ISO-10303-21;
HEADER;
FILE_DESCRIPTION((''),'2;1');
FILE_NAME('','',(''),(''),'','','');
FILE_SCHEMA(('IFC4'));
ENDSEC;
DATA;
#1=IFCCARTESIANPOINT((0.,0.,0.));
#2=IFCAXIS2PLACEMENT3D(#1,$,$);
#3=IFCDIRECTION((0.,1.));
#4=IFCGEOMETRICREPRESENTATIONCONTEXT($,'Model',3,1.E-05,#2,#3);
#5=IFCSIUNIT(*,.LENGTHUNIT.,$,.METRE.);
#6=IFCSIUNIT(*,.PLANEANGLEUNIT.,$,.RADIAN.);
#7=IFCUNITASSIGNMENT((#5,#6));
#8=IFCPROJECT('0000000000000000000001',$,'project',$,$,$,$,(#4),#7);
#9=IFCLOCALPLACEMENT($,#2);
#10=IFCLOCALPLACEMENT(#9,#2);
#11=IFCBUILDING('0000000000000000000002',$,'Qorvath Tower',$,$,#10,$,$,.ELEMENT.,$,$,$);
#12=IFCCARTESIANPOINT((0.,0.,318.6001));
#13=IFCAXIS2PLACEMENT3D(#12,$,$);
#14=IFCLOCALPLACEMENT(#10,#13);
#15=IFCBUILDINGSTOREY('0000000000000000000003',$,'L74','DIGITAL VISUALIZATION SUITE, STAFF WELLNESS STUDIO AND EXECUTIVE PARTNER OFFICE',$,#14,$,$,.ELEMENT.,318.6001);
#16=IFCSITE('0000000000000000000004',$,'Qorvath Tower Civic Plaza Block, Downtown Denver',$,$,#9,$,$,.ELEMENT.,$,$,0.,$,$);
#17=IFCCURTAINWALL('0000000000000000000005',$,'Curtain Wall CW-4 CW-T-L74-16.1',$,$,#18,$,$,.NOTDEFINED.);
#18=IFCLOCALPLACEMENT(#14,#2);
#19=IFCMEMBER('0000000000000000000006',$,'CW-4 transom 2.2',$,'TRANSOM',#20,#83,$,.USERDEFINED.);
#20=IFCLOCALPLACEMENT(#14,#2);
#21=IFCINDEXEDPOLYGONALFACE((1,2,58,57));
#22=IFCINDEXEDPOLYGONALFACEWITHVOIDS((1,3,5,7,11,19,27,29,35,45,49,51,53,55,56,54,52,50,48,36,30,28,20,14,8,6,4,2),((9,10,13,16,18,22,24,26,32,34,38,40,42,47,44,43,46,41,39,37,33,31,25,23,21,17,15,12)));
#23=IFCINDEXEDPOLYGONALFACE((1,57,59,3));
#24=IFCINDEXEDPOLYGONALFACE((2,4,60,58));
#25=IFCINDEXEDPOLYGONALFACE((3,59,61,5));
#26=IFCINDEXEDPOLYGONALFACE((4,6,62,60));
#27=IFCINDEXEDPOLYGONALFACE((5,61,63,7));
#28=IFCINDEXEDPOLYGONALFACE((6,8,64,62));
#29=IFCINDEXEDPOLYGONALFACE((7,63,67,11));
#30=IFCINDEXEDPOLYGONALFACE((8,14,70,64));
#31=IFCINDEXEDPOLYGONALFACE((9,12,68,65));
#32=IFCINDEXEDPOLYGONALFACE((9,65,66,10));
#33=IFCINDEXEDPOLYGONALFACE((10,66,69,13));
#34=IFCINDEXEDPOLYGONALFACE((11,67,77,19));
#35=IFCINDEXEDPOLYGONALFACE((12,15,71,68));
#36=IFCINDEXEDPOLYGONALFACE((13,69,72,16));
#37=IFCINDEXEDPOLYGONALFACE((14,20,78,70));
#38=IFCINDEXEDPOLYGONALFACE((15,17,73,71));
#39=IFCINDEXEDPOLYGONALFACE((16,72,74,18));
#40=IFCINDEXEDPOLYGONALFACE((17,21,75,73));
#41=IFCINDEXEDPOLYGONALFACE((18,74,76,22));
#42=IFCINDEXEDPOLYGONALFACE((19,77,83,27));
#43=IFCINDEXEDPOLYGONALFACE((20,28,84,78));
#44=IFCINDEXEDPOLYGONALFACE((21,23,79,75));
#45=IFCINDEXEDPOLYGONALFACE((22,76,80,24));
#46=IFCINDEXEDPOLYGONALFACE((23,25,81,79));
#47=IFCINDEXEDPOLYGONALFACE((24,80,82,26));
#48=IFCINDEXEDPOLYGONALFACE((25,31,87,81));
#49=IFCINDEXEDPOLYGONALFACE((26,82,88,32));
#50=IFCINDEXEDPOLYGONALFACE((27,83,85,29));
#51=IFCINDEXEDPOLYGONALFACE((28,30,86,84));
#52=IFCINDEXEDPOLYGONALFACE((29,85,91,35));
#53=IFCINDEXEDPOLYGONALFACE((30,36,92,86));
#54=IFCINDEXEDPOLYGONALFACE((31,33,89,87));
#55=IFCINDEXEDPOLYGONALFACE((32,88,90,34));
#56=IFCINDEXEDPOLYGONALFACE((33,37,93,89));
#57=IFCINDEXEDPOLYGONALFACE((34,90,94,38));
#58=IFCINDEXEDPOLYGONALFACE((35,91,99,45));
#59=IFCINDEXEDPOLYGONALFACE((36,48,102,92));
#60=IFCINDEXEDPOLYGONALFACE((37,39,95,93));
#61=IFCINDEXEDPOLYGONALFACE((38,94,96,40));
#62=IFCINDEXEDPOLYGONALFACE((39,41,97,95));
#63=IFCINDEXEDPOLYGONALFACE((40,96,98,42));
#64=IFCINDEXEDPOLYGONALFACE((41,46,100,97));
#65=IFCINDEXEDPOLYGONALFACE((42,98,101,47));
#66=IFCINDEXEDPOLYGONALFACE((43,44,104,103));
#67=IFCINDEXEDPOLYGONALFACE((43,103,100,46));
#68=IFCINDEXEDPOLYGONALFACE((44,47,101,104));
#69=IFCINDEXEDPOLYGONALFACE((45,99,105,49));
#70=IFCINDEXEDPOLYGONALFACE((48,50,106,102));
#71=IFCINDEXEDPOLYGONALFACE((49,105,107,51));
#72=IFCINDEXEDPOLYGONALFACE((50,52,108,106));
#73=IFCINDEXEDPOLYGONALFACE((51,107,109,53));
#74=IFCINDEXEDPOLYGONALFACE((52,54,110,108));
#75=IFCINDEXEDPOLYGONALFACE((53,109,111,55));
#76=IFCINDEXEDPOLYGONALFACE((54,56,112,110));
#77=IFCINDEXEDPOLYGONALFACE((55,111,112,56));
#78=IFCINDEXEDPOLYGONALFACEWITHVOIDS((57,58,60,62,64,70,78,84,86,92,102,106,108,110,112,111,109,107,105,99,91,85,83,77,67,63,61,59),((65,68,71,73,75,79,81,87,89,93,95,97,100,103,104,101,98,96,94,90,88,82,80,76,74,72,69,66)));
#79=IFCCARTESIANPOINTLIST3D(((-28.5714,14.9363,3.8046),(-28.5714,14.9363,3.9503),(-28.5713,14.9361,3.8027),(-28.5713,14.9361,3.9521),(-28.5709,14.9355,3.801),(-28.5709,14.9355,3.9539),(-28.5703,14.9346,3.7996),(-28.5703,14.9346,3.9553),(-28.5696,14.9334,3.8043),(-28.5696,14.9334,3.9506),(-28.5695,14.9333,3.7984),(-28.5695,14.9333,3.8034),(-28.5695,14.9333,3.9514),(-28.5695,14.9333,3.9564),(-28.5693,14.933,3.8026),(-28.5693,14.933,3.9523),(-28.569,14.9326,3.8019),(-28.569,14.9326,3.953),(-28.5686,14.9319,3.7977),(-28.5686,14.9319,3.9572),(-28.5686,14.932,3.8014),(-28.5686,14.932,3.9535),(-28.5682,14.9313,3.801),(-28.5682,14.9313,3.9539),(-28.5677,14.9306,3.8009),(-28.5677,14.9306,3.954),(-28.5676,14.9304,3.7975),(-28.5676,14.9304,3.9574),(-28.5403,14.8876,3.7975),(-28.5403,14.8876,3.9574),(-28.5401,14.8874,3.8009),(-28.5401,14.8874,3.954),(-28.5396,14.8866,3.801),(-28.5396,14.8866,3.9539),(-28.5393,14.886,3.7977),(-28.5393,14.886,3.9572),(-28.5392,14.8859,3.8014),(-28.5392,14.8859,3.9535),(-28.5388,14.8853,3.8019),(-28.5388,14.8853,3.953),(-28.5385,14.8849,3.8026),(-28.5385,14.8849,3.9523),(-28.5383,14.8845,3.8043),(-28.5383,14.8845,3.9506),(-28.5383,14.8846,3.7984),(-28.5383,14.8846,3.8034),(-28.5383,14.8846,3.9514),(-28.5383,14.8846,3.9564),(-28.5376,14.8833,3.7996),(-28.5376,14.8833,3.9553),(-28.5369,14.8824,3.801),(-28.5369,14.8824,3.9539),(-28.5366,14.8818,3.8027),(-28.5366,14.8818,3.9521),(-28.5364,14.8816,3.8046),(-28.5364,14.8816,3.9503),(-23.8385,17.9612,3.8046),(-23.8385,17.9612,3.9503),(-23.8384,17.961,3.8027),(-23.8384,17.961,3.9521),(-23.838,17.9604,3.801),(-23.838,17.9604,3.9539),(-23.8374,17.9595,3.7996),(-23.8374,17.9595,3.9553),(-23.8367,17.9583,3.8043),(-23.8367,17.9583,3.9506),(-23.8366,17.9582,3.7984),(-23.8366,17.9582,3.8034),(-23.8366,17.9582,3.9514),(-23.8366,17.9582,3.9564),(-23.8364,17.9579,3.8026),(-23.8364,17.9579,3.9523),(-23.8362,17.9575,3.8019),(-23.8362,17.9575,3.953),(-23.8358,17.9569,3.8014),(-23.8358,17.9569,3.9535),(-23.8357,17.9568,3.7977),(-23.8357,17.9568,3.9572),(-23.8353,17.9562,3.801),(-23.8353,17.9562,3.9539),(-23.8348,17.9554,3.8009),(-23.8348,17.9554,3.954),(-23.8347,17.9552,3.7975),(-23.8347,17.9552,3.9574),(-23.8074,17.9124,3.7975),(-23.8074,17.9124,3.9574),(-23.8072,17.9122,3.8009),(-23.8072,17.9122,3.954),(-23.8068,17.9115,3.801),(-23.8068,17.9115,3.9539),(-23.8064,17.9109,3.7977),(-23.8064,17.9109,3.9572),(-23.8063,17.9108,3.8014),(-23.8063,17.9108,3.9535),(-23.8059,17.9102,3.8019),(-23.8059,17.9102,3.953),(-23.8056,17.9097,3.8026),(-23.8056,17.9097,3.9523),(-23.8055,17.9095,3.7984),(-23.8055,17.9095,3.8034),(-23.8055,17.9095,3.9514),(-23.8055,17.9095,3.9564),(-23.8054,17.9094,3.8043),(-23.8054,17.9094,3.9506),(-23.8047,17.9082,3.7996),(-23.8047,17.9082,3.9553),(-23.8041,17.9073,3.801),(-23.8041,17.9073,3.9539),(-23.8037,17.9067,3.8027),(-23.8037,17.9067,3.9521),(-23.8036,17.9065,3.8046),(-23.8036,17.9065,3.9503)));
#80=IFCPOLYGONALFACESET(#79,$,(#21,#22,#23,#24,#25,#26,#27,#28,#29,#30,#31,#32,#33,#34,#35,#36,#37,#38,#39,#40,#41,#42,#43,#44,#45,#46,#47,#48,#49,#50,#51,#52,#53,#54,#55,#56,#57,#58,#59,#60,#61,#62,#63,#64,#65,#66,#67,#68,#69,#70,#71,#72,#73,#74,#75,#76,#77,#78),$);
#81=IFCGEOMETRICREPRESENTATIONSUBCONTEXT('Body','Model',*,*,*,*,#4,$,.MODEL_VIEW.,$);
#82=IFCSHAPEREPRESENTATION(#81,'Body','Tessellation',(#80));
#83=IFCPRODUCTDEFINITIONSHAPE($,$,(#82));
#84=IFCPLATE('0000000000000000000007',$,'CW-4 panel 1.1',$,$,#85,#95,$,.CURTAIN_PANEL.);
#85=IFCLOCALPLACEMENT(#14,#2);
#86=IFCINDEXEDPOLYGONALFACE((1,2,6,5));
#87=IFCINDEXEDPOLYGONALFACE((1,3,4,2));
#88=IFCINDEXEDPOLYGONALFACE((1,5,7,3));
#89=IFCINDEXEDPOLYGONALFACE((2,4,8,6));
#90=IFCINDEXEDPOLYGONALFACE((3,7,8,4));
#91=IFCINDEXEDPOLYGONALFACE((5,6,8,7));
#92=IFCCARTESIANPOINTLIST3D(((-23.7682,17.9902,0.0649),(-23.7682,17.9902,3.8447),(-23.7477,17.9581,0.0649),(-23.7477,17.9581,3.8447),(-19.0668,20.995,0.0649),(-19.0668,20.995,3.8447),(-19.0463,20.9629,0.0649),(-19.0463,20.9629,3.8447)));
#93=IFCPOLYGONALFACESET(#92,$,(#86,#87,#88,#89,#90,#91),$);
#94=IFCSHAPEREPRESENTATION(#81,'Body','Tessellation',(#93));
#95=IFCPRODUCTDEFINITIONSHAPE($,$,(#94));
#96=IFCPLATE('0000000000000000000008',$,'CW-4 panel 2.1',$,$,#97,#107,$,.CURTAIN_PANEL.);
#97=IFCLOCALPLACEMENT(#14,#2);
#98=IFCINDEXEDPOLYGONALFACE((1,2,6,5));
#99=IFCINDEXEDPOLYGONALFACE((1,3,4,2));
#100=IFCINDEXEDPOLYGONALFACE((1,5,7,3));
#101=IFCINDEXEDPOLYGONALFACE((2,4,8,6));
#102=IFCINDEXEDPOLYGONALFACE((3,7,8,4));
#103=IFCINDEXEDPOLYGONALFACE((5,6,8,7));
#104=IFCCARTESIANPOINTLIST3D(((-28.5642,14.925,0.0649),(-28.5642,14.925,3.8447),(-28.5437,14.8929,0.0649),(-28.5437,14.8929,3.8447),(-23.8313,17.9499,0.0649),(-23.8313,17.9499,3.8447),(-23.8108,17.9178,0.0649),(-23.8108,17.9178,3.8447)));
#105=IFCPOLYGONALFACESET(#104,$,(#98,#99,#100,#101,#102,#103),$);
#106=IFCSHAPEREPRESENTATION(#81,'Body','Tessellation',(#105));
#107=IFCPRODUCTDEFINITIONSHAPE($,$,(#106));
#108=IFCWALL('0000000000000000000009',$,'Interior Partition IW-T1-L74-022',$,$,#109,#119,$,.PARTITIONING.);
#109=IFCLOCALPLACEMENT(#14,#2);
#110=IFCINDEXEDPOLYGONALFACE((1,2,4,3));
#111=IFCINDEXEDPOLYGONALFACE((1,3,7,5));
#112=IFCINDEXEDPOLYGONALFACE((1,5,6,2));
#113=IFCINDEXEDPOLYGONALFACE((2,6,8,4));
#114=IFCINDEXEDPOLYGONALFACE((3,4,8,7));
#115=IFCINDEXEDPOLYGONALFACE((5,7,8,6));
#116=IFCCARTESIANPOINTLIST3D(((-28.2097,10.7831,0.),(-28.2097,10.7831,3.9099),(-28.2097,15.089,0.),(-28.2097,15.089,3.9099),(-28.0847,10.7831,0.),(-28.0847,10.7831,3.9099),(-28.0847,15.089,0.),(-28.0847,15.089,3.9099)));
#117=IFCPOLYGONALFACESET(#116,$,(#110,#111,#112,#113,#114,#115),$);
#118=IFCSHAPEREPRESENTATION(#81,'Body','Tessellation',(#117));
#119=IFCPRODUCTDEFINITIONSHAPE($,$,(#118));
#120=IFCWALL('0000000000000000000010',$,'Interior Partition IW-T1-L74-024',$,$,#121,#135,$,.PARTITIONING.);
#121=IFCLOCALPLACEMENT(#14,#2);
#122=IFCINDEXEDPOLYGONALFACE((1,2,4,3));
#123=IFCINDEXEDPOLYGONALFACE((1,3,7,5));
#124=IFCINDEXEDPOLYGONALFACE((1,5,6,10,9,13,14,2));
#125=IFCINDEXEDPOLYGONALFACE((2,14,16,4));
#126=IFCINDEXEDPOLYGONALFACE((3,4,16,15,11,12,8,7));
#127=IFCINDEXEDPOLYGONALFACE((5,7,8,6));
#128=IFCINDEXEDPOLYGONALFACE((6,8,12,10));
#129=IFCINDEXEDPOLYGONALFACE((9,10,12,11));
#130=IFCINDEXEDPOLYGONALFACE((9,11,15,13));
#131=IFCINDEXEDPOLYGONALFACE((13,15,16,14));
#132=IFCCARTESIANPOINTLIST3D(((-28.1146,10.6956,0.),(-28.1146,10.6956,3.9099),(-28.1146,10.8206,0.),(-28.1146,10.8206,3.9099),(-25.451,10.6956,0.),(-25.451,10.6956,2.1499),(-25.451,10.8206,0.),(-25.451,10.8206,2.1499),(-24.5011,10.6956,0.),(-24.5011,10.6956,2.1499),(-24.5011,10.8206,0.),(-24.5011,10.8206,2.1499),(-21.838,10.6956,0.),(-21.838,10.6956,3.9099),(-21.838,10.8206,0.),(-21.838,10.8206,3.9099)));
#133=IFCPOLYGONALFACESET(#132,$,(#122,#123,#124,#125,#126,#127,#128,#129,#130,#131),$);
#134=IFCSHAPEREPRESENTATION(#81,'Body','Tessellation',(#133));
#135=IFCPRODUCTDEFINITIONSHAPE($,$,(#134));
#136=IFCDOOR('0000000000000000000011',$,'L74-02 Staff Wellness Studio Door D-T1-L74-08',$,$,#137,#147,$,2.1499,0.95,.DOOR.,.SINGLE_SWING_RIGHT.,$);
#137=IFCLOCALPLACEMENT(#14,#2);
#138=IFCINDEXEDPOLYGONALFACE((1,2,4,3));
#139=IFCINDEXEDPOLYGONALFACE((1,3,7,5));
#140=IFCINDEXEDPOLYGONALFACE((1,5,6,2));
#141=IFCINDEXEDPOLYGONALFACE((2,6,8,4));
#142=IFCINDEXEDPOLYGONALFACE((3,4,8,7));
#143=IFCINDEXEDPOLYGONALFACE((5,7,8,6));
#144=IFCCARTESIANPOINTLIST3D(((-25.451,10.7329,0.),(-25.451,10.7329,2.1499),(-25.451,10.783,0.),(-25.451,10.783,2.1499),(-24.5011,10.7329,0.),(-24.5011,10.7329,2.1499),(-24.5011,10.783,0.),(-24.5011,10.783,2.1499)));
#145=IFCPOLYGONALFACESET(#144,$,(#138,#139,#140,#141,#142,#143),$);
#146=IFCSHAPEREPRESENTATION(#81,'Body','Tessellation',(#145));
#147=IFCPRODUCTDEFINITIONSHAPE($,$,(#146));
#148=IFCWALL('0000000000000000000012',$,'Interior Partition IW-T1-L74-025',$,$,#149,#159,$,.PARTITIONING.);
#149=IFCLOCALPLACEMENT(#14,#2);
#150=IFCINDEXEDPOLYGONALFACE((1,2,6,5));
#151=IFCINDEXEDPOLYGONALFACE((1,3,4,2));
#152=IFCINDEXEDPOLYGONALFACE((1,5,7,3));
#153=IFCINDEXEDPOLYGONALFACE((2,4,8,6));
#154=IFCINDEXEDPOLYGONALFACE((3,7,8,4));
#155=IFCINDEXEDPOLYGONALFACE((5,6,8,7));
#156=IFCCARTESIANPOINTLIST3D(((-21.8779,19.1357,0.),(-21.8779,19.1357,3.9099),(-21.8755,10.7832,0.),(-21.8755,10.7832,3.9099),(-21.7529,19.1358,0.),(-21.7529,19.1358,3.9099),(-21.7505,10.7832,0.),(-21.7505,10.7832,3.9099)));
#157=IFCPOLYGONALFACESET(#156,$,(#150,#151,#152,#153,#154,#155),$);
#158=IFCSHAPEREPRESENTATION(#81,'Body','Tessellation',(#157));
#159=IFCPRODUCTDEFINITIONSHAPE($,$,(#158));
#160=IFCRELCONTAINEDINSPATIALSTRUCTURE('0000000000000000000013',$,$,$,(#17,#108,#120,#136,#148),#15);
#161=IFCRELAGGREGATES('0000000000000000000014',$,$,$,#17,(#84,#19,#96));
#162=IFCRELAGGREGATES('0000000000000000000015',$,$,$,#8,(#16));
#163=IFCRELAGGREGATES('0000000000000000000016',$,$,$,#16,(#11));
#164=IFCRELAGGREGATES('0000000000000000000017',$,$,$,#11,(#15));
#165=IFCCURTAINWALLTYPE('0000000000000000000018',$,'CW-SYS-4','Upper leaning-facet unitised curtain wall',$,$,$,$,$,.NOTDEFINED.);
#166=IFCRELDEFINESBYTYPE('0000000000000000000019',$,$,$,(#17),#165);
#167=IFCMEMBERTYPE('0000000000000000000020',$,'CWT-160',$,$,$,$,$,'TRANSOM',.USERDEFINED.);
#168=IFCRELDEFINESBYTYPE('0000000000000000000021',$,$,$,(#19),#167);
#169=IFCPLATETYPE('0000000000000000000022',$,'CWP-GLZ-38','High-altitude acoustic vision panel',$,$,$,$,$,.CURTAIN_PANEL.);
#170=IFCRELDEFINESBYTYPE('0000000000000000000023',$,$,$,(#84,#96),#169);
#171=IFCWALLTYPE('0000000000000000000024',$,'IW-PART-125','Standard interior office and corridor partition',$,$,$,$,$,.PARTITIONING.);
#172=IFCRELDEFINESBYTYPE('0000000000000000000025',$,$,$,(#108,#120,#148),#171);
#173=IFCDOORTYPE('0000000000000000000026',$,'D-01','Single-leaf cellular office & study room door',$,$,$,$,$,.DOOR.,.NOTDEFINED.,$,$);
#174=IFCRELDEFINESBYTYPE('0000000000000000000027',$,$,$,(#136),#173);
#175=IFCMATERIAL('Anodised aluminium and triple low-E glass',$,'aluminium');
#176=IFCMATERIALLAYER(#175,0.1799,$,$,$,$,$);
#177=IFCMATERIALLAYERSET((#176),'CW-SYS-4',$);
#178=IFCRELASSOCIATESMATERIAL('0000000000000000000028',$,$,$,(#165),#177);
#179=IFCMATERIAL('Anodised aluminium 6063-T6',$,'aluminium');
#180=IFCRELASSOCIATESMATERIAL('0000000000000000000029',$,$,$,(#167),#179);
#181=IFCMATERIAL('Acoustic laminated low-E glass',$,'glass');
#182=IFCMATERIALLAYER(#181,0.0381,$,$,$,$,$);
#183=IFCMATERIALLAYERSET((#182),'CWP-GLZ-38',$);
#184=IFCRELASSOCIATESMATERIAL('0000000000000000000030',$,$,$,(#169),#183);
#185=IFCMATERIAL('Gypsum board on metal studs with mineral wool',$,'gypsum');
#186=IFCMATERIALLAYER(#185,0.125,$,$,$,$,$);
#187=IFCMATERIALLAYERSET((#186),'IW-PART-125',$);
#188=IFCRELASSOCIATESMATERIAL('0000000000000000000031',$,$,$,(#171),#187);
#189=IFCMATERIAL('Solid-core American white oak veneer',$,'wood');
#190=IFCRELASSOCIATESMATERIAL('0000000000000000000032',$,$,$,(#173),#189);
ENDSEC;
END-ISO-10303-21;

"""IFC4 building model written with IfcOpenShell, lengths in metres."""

from ifc_helpers import new_model, si_unit, direction, frame, frame_2d, origin, origin_2d, place, context, subcontext, project, spatial, rectangle, hollow_rectangle, extrude, material, layer, layer_set, material_profile, profile_set, type_object, element, fill, aggregate, save


model = new_model("IFC4")

# Units and contexts
model_context = context("Model", 3, precision=1e-05, world=origin(), true_north=direction((0.0, 1.0)))
body_context = subcontext(model_context, "Body", "Model", "MODEL_VIEW")
ifc_project = project(units=[si_unit("LENGTHUNIT", "METRE"), si_unit("PLANEANGLEUNIT", "RADIAN")], contexts=[model_context])

# Site, building, storey
site_placement = place(None, origin())
site = spatial("IfcSite", under=ifc_project, at=site_placement, Name="Qorvath Tower Civic Plaza Block, Downtown Denver", CompositionType="ELEMENT", RefElevation=0.0)
building_placement = place(site_placement, origin())
building = spatial("IfcBuilding", under=site, at=building_placement, Name="Qorvath Tower", CompositionType="ELEMENT")
storey_placement = place(building_placement, frame((0.0, 0.0, 318.6001)))
storey = spatial("IfcBuildingStorey", under=building, at=storey_placement, Name="L74", Description="DIGITAL VISUALIZATION SUITE, STAFF WELLNESS STUDIO AND EXECUTIVE PARTNER OFFICE", CompositionType="ELEMENT", Elevation=318.6001)

# Curtain wall, member, plates
ifc_material_1 = material(Name="Anodised aluminium and triple low-E glass", Category="aluminium")
ifc_layer_1 = layer(ifc_material_1, 0.1799)
ifc_layer_set_1 = layer_set([ifc_layer_1], Name="CW-SYS-4")
curtain_wall_type = type_object("IfcCurtainWallType", Name="CW-SYS-4", Description="Upper leaning-facet unitised curtain wall", PredefinedType="NOTDEFINED", material=ifc_layer_set_1)
curtain_wall_placement = place(storey_placement, origin())
curtain_wall = element("IfcCurtainWall", 1, at=curtain_wall_placement, inside=storey, type_object=curtain_wall_type, Name="Curtain Wall CW-4 CW-T-L74-16.1", PredefinedType="NOTDEFINED")
ifc_material_2 = material(Name="Anodised aluminium 6063-T6", Category="aluminium")
ifc_material_profile_1 = material_profile(ifc_material_2, hollow_rectangle(XDim=0.0649, YDim=0.1599, WallThickness=0.0034, InnerFilletRadius=0.0034, OuterFilletRadius=0.0071, at=origin_2d()), Name="CWT 160x65")
ifc_profile_set_1 = profile_set([ifc_material_profile_1], Name="Anodised aluminium 6063-T6")
member_type_1 = type_object("IfcMemberType", Name="CWT-160", ElementType="TRANSOM", PredefinedType="USERDEFINED", material=ifc_profile_set_1)
member_1_placement = place(storey_placement, frame((-23.821, 17.9338, 3.8774), z_axis=(-0.842608, -0.538528, 0.0), x_axis=(0.538528, -0.842608, 0.0)))
member_1 = element("IfcMember", 2, at=member_1_placement, type_object=member_type_1, Name="CW-4 transom 2.2", ObjectType="TRANSOM", PredefinedType="USERDEFINED", context=body_context, shape_type="SweptSolid", body=[
    extrude(hollow_rectangle(XDim=0.0649, YDim=0.1599, WallThickness=0.0034, InnerFilletRadius=0.0034, OuterFilletRadius=0.0071, at=origin_2d()), origin(), (0.0, 0.0, 1.0), 5.6169),
])
ifc_material_3 = material(Name="Acoustic laminated low-E glass", Category="glass")
ifc_layer_2 = layer(ifc_material_3, 0.0381)
ifc_layer_set_2 = layer_set([ifc_layer_2], Name="CWP-GLZ-38")
plate_type = type_object("IfcPlateType", Name="CWP-GLZ-38", Description="High-altitude acoustic vision panel", PredefinedType="CURTAIN_PANEL", material=ifc_layer_set_2)
plate_1_placement = place(storey_placement, frame((-21.4072, 19.4766, 0.0649), z_axis=(0.0, 0.0, 1.0), x_axis=(-0.842605, -0.538532, 0.0)))
plate_1 = element("IfcPlate", 3, at=plate_1_placement, type_object=plate_type, Name="CW-4 panel 1.1", PredefinedType="CURTAIN_PANEL", context=body_context, shape_type="SweptSolid", body=[
    extrude(rectangle(XDim=5.5796, YDim=0.0381, at=origin_2d()), origin(), (0.0, 0.0, 1.0), 3.7798),
])
plate_2_placement = place(storey_placement, frame((-26.1875, 16.4214, 0.0649), z_axis=(0.0, 0.0, 1.0), x_axis=(-0.842605, -0.538532, 0.0)))
plate_2 = element("IfcPlate", 4, at=plate_2_placement, type_object=plate_type, Name="CW-4 panel 2.1", PredefinedType="CURTAIN_PANEL", context=body_context, shape_type="SweptSolid", body=[
    extrude(rectangle(XDim=5.6169, YDim=0.0381, at=origin_2d()), origin(), (0.0, 0.0, 1.0), 3.7798),
])
aggregate(curtain_wall, [plate_1, member_1, plate_2])

# Wall
ifc_material_4 = material(Name="Gypsum board on metal studs with mineral wool", Category="gypsum")
ifc_layer_3 = layer(ifc_material_4, 0.125)
ifc_layer_set_3 = layer_set([ifc_layer_3], Name="IW-PART-125")
wall_type_1 = type_object("IfcWallType", Name="IW-PART-125", Description="Standard interior office and corridor partition", PredefinedType="PARTITIONING", material=ifc_layer_set_3)
wall_1_placement = place(storey_placement, frame((-28.1472, 10.7832, 0.0), z_axis=(0.0, 0.0, 1.0), x_axis=(0.0, 1.0, 0.0)))
element("IfcWall", 5, at=wall_1_placement, inside=storey, type_object=wall_type_1, Name="Interior Partition IW-T1-L74-022", PredefinedType="PARTITIONING", context=body_context, shape_type="SweptSolid", body=[
    extrude(rectangle(XDim=4.3059, YDim=0.125, at=frame_2d((2.1528, 0.0))), origin(), (0.0, 0.0, 1.0), 3.9099),
])

# Wall, opening, door
wall_2_placement = place(storey_placement, frame((-28.1145, 10.7581, 0.0), z_axis=(0.0, 0.0, 1.0), x_axis=(1.0, 0.0, 0.0)))
wall_2 = element("IfcWall", 6, at=wall_2_placement, inside=storey, type_object=wall_type_1, Name="Interior Partition IW-T1-L74-024", PredefinedType="PARTITIONING", context=body_context, shape_type="SweptSolid", body=[
    extrude(rectangle(XDim=6.2766, YDim=0.125, at=frame_2d((3.1382, 0.0))), origin(), (0.0, 0.0, 1.0), 3.9099),
])
opening_1_placement = place(wall_2_placement, frame((2.6633, 0.0, 0.0)))
opening_1 = element("IfcOpeningElement", 7, at=opening_1_placement, cuts=wall_2, PredefinedType="OPENING", context=body_context, shape_type="SweptSolid", body=[
    extrude(rectangle(XDim=0.95, YDim=2.1499, at=frame_2d((0.4751, 1.075))), frame((0.0, 0.0725, 0.0), z_axis=(0.0, -1.0, 0.0), x_axis=(1.0, 0.0, 0.0)), (0.0, 0.0, 1.0), 0.145),
])
ifc_material_5 = material(Name="Solid-core American white oak veneer", Category="wood")
door_type_1 = type_object("IfcDoorType", Name="D-01", Description="Single-leaf cellular office & study room door", OperationType="NOTDEFINED", PredefinedType="DOOR", material=ifc_material_5)
door_1_placement = place(opening_1_placement, origin())
door_1 = element("IfcDoor", 8, at=door_1_placement, inside=storey, type_object=door_type_1, Name="L74-02 Staff Wellness Studio Door D-T1-L74-08", OperationType="SINGLE_SWING_RIGHT", OverallHeight=2.1499, OverallWidth=0.95, PredefinedType="DOOR", context=body_context, shape_type="SweptSolid", body=[
    extrude(rectangle(XDim=0.95, YDim=2.1499, at=frame_2d((0.4751, 1.075))), frame((0.0, 0.0249, 0.0), z_axis=(0.0, -1.0, 0.0), x_axis=(1.0, 0.0, 0.0)), (0.0, 0.0, 1.0), 0.05),
])
fill(opening_1, door_1)

# Wall
wall_3_placement = place(storey_placement, frame((-21.813, 10.7832, 0.0), z_axis=(0.0, 0.0, 1.0), x_axis=(-0.000292, 1.0, 0.0)))
element("IfcWall", 9, at=wall_3_placement, inside=storey, type_object=wall_type_1, Name="Interior Partition IW-T1-L74-025", PredefinedType="PARTITIONING", context=body_context, shape_type="SweptSolid", body=[
    extrude(rectangle(XDim=8.3525, YDim=0.125, at=frame_2d((4.1763, 0.0))), origin(), (0.0, 0.0, 1.0), 3.9099),
])

save(model, "model.ifc")
